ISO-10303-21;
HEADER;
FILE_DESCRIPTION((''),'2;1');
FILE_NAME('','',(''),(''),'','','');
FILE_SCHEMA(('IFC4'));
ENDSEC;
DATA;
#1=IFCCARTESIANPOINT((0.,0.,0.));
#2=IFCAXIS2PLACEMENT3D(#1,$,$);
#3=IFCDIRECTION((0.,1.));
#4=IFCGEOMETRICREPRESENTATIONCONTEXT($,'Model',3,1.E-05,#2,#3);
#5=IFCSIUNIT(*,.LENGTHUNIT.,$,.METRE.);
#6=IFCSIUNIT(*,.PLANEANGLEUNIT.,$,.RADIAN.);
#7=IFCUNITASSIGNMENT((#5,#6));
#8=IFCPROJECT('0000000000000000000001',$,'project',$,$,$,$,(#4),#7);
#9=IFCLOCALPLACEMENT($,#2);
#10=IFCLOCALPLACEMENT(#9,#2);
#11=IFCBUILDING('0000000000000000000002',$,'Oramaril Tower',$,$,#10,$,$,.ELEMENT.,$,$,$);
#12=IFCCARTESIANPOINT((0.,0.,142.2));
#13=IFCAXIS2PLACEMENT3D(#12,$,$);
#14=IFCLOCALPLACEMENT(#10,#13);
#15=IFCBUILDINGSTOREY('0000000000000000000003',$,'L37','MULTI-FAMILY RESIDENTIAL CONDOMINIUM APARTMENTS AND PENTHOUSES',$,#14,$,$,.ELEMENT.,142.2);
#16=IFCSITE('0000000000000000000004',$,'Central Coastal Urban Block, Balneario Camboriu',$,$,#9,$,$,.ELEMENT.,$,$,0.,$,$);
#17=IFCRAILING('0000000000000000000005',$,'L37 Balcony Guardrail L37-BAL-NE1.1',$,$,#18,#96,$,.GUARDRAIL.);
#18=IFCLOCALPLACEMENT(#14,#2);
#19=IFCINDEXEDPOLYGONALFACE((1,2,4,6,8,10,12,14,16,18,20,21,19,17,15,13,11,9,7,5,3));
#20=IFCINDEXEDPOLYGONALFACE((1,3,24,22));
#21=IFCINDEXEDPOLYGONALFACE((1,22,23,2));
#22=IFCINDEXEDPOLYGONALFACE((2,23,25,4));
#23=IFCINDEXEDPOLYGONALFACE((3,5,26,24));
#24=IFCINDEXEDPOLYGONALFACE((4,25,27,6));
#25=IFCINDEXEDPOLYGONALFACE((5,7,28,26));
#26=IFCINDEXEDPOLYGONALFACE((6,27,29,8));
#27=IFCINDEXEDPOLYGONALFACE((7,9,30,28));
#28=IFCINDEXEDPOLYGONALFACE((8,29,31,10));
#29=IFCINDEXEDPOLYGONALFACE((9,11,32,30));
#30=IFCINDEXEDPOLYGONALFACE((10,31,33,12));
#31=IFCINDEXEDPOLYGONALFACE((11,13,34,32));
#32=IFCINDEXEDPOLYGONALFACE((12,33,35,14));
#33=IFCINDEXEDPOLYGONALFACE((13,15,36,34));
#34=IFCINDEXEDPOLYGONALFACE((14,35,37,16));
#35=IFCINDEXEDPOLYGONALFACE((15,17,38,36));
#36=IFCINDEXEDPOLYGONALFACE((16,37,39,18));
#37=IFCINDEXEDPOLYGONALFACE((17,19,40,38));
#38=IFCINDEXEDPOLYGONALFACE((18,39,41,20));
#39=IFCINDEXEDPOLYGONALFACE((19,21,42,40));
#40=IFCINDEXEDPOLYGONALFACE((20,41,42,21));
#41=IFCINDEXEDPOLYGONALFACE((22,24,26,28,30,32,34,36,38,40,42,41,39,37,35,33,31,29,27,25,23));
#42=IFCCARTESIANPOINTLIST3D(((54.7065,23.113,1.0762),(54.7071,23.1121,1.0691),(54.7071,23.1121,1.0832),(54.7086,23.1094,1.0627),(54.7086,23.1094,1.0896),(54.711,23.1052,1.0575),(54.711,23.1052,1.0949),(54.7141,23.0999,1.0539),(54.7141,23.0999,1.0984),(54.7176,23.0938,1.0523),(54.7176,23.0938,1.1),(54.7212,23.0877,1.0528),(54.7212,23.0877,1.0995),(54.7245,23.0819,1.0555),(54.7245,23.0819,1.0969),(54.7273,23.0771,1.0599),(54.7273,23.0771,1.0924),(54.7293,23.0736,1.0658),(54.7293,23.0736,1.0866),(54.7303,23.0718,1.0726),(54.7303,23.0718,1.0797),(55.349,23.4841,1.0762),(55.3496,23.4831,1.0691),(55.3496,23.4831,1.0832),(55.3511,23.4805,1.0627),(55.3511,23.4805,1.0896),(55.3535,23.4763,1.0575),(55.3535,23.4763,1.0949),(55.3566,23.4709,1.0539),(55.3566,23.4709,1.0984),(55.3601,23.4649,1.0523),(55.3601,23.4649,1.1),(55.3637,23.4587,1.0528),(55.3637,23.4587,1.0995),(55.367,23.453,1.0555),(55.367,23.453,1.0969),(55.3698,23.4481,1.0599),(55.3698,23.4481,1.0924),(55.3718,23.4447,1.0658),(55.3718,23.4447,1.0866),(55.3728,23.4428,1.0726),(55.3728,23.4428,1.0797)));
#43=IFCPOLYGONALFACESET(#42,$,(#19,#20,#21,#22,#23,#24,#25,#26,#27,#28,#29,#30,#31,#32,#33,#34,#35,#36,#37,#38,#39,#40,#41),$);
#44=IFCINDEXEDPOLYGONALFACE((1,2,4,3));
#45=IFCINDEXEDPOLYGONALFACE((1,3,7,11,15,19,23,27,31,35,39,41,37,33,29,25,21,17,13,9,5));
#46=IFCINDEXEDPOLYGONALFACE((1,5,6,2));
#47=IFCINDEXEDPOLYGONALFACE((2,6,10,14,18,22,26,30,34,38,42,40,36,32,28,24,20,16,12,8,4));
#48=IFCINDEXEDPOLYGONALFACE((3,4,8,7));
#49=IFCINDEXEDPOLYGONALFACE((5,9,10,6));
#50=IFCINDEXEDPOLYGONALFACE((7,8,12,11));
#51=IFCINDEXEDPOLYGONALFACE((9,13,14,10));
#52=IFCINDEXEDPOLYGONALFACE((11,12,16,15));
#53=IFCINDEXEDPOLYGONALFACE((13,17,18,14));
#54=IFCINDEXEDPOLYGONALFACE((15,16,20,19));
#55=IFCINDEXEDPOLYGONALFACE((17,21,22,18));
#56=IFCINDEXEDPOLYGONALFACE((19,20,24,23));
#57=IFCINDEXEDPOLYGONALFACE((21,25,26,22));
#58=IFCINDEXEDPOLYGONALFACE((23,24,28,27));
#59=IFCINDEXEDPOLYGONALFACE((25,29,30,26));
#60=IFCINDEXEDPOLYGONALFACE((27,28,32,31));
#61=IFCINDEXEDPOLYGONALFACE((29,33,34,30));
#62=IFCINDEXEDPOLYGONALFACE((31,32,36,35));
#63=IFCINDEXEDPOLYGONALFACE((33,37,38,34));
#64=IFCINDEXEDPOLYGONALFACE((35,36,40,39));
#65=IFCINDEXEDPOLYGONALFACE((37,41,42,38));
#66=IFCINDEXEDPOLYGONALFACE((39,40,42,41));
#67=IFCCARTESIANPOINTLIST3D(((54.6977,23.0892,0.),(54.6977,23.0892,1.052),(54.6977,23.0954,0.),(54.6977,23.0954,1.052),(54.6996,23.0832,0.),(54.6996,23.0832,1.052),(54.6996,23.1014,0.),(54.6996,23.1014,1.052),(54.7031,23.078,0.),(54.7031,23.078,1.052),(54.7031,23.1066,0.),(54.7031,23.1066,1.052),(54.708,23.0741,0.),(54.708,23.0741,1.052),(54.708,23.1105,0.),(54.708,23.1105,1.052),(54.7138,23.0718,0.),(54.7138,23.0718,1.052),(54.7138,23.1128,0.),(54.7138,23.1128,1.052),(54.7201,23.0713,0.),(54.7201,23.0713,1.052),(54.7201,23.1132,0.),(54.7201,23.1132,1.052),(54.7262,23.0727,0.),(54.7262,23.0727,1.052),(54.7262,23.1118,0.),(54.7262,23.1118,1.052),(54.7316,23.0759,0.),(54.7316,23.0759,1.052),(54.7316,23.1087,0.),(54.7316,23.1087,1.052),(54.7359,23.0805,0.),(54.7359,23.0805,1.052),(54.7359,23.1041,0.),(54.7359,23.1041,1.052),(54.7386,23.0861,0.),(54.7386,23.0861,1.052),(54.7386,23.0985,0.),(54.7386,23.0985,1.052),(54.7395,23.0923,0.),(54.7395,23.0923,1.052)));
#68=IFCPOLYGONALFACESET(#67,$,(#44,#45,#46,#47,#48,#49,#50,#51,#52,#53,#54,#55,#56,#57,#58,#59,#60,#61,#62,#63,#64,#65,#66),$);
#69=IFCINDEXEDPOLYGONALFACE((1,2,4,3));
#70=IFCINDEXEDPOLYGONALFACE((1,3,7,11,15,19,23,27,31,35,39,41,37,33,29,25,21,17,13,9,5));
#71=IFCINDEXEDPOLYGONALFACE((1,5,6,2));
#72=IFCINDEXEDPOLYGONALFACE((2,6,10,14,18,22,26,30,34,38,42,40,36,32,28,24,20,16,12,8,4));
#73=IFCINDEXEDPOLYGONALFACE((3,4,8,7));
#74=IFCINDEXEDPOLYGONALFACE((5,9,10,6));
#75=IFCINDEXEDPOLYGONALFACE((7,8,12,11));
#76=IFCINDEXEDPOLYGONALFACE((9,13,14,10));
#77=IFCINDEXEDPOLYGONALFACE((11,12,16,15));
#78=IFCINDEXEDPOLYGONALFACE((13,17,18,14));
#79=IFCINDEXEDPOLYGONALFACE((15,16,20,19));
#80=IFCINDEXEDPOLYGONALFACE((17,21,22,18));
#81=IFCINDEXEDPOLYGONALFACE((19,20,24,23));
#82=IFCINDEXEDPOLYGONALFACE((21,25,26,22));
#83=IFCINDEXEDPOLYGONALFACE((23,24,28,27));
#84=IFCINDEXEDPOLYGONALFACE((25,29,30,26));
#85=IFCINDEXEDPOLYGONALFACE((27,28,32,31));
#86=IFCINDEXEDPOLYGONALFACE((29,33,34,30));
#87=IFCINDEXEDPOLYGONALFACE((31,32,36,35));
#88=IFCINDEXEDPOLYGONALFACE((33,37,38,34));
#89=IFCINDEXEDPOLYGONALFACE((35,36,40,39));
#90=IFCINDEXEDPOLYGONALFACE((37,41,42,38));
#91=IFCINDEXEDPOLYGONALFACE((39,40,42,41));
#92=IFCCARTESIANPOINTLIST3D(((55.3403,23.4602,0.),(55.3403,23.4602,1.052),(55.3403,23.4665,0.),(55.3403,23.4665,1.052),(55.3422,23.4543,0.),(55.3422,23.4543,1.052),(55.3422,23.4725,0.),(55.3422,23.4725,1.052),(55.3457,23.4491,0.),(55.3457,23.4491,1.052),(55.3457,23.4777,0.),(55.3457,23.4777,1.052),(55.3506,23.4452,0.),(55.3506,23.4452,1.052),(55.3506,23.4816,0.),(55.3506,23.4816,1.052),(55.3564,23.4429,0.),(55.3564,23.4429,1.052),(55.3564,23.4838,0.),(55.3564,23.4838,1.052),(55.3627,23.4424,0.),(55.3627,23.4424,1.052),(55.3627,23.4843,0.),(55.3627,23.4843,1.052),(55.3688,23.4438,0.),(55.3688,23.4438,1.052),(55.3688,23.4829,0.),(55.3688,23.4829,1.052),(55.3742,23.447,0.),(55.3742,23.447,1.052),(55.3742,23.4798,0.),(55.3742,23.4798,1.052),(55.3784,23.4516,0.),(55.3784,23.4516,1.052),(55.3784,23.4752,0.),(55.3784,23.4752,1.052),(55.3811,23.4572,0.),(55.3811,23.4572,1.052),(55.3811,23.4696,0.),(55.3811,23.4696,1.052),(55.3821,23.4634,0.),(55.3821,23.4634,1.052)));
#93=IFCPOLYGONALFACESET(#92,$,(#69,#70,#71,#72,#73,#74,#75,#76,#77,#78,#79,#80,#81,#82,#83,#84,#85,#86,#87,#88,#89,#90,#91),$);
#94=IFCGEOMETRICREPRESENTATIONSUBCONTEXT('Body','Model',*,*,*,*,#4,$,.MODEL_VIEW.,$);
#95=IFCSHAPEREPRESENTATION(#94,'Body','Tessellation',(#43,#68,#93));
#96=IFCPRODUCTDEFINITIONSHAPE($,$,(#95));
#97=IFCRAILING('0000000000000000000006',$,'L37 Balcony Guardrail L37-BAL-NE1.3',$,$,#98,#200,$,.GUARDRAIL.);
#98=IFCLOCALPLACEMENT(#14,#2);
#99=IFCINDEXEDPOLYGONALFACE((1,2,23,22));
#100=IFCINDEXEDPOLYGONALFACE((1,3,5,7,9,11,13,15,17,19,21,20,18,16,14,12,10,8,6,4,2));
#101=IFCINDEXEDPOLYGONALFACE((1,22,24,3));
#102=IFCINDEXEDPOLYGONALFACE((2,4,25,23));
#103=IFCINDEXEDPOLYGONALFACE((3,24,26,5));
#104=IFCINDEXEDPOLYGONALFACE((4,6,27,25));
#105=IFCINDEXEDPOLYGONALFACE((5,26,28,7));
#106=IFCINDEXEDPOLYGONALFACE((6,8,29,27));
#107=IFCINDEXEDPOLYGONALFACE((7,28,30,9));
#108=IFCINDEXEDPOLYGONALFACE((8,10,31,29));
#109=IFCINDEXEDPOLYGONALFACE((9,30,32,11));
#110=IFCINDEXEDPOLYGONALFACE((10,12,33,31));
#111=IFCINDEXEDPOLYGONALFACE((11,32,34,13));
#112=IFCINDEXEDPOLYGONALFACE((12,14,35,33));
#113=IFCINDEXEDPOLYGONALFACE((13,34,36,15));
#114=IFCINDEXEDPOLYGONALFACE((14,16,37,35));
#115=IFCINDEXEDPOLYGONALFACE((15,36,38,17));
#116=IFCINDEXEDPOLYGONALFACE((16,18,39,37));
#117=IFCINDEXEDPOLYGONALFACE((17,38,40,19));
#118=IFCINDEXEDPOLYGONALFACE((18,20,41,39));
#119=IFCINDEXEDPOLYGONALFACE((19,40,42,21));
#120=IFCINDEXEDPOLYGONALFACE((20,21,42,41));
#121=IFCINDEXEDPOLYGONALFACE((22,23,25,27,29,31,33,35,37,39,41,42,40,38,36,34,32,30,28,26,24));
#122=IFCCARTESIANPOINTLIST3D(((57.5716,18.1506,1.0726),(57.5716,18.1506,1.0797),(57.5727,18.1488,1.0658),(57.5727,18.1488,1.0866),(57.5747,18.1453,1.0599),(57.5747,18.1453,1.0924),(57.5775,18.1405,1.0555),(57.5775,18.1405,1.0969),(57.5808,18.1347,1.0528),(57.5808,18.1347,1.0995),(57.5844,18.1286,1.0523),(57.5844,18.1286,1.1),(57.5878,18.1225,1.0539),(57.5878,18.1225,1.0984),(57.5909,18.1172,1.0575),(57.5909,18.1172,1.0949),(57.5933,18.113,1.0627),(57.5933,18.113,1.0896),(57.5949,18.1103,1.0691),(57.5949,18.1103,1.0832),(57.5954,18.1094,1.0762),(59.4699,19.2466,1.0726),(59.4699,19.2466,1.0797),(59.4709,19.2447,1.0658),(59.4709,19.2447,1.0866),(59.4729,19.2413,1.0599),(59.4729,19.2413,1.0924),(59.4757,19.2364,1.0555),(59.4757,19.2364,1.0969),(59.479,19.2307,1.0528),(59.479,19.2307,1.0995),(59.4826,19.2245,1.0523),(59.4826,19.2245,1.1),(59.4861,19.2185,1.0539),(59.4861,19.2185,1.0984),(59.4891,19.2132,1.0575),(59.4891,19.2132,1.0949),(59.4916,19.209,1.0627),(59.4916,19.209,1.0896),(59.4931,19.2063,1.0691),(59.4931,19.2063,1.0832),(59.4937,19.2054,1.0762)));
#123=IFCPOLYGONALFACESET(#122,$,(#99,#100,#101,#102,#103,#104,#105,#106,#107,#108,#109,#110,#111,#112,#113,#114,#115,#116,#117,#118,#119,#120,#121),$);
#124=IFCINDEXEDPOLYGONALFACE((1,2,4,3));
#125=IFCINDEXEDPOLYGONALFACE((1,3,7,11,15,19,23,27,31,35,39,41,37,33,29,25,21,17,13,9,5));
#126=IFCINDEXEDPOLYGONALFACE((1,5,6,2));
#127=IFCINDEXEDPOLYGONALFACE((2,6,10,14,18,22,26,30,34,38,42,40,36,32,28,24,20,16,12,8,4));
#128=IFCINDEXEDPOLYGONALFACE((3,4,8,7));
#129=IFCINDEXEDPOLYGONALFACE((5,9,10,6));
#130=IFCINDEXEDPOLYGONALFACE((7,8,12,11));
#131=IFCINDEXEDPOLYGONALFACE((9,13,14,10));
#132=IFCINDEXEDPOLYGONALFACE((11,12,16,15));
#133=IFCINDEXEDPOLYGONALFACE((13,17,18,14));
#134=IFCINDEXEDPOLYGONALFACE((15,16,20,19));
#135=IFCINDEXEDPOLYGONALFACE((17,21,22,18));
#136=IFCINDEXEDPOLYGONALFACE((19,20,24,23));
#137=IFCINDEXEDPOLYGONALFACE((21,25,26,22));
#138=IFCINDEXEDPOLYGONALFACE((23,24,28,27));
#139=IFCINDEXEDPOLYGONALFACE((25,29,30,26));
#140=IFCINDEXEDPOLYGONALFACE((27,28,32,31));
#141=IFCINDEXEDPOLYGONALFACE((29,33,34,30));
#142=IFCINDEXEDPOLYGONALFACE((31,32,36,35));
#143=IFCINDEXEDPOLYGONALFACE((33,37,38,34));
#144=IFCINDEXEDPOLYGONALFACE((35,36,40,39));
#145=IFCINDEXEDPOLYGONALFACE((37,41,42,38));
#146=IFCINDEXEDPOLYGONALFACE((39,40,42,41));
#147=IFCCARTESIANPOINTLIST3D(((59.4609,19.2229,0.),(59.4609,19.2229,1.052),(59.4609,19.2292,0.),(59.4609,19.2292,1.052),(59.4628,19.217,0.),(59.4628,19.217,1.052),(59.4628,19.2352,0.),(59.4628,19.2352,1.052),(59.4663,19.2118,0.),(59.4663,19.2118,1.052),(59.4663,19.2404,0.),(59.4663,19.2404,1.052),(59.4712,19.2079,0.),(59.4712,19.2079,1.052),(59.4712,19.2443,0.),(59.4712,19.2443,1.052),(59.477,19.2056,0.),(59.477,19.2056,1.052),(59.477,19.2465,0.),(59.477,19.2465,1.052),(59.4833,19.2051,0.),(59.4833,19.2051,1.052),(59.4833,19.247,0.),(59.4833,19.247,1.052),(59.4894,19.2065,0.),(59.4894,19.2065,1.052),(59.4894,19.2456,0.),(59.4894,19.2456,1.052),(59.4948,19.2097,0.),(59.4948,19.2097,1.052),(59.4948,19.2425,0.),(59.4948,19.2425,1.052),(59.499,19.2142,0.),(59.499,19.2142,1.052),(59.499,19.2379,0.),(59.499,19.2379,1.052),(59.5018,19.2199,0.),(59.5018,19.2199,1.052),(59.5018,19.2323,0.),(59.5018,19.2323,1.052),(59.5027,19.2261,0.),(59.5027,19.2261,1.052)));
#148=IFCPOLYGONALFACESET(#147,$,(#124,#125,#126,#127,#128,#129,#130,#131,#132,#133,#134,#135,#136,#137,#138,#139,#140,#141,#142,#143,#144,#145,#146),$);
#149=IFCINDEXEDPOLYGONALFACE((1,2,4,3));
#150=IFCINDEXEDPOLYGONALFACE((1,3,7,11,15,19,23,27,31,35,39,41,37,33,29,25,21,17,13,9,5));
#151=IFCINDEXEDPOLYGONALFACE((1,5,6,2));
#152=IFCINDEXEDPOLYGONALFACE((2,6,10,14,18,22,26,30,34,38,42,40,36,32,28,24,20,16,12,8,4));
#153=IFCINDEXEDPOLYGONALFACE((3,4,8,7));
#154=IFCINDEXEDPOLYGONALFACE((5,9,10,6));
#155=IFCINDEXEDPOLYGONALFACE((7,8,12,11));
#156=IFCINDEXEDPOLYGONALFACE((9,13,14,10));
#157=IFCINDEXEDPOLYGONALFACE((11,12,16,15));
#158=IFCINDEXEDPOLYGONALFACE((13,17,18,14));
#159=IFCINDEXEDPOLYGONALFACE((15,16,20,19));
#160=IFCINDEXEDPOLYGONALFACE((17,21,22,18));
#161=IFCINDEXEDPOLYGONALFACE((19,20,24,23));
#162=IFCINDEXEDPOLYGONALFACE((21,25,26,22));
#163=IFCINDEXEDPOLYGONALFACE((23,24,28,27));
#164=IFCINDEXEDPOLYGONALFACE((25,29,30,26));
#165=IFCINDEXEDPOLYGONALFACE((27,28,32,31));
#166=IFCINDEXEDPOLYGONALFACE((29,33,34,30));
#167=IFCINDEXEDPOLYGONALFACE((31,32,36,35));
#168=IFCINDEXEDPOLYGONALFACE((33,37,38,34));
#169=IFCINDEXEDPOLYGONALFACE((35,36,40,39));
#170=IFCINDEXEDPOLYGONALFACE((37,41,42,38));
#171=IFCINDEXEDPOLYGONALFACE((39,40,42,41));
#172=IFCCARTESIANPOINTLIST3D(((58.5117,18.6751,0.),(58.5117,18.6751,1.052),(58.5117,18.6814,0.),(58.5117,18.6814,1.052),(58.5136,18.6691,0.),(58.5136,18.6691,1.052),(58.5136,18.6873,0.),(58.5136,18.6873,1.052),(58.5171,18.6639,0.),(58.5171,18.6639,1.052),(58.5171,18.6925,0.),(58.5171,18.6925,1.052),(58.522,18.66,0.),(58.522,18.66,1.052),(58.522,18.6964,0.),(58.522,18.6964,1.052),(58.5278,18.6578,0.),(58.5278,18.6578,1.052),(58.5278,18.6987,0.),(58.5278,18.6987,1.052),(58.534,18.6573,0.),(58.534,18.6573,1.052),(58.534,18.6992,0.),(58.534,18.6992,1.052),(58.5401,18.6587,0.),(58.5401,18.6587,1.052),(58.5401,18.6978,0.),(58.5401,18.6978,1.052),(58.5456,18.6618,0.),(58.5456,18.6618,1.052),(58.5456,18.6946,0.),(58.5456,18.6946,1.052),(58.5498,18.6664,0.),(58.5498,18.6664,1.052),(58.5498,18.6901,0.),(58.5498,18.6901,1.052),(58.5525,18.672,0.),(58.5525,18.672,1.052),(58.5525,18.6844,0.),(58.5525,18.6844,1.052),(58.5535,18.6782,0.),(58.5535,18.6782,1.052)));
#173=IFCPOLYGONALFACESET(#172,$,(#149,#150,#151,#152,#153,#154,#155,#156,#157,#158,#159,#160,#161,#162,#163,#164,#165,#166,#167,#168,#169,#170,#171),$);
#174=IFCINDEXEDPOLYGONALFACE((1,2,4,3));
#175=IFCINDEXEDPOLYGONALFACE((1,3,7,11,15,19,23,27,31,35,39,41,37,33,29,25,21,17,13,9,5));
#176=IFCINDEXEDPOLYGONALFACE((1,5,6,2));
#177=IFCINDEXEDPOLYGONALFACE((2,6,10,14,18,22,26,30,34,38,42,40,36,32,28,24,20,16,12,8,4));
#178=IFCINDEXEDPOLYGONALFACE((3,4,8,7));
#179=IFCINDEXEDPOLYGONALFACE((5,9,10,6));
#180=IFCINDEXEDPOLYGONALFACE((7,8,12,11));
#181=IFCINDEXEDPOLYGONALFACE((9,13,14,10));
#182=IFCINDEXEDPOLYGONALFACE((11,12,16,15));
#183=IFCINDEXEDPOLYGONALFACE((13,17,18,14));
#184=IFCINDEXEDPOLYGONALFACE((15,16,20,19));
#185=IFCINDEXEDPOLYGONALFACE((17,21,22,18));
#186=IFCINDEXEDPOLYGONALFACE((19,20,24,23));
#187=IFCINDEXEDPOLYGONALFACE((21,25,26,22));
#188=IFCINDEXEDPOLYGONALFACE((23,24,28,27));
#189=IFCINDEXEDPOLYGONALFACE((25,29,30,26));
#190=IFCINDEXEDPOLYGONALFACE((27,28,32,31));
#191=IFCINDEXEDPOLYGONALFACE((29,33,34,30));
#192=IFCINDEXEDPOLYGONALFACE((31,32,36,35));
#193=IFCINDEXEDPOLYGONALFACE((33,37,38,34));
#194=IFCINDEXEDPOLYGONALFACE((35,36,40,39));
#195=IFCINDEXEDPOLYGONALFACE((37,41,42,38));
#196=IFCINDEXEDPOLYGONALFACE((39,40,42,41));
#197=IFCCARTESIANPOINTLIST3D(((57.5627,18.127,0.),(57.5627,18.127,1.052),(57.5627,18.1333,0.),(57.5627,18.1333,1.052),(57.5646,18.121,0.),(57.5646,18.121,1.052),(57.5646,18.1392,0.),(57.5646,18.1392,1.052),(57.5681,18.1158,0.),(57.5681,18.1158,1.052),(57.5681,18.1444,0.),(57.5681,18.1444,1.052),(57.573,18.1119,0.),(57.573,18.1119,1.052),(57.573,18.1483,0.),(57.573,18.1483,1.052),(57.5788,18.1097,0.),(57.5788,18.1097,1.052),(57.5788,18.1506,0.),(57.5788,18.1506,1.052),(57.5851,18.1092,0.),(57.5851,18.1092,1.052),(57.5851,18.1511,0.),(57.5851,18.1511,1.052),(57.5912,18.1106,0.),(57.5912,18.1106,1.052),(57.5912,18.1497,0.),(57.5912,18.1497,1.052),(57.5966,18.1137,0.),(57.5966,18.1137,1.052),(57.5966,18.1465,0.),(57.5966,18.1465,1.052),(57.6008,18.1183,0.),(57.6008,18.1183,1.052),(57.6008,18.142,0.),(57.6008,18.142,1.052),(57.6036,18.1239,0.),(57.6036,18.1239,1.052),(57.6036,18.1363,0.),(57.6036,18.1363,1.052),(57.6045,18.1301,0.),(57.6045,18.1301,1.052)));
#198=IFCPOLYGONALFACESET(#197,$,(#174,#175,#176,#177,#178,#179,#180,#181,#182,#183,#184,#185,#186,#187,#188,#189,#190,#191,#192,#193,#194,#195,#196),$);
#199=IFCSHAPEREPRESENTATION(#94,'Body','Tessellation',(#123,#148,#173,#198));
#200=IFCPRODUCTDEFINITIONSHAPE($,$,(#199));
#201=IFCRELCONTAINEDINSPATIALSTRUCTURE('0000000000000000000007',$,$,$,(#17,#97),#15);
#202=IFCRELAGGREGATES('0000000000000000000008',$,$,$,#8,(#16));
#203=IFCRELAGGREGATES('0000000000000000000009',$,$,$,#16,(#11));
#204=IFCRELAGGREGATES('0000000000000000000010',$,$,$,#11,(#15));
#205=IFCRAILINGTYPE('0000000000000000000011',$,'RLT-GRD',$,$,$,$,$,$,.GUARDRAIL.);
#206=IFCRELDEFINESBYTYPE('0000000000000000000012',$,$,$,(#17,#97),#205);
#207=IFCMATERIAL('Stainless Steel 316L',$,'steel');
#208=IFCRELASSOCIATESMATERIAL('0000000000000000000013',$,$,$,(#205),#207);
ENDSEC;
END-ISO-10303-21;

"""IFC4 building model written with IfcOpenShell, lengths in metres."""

from ifc_helpers import new_model, si_unit, direction, frame, origin, origin_2d, place, context, subcontext, project, spatial, circle, extrude, material, type_object, element, save


model = new_model("IFC4")

# Units and contexts
model_context = context("Model", 3, precision=1e-05, world=origin(), true_north=direction((0.0, 1.0)))
body_context = subcontext(model_context, "Body", "Model", "MODEL_VIEW")
ifc_project = project(units=[si_unit("LENGTHUNIT", "METRE"), si_unit("PLANEANGLEUNIT", "RADIAN")], contexts=[model_context])

# Site, building, storey
site_placement = place(None, origin())
site = spatial("IfcSite", under=ifc_project, at=site_placement, Name="Central Coastal Urban Block, Balneario Camboriu", CompositionType="ELEMENT", RefElevation=0.0)
building_placement = place(site_placement, origin())
building = spatial("IfcBuilding", under=site, at=building_placement, Name="Oramaril Tower", CompositionType="ELEMENT")
storey_placement = place(building_placement, frame((0.0, 0.0, 142.2)))
storey = spatial("IfcBuildingStorey", under=building, at=storey_placement, Name="L37", Description="MULTI-FAMILY RESIDENTIAL CONDOMINIUM APARTMENTS AND PENTHOUSES", CompositionType="ELEMENT", Elevation=142.2)

# Railings
ifc_material_1 = material(Name="Stainless Steel 316L", Category="steel")
railing_type = type_object("IfcRailingType", Name="RLT-GRD", PredefinedType="GUARDRAIL", material=ifc_material_1)
railing_1_placement = place(storey_placement, frame((54.7185, 23.0923, 0.0)))
element("IfcRailing", 1, at=railing_1_placement, inside=storey, type_object=railing_type, Name="L37 Balcony Guardrail L37-BAL-NE1.1", PredefinedType="GUARDRAIL", context=body_context, shape_type="SweptSolid", body=[
    extrude(circle(Radius=0.0239, at=origin_2d()), frame((0.0, 0.0, 1.0762), z_axis=(0.865966, 0.500102, 0.0), x_axis=(-0.500102, 0.865966, 0.0)), (0.0, 0.0, 1.0), 0.7419),
    extrude(circle(Radius=0.021, at=origin_2d()), origin(), (0.0, 0.0, 1.0), 1.052),
    extrude(circle(Radius=0.021, at=origin_2d()), frame((0.6426, 0.3711, 0.0)), (0.0, 0.0, 1.0), 1.052),
])
railing_2_placement = place(storey_placement, frame((59.4817, 19.2261, 0.0)))
element("IfcRailing", 2, at=railing_2_placement, inside=storey, type_object=railing_type, Name="L37 Balcony Guardrail L37-BAL-NE1.3", PredefinedType="GUARDRAIL", context=body_context, shape_type="SweptSolid", body=[
    extrude(circle(Radius=0.0239, at=origin_2d()), frame((0.0, 0.0, 1.0762), z_axis=(-0.866021, -0.500008, 0.0), x_axis=(0.500008, -0.866021, 0.0)), (0.0, 0.0, 1.0), 2.1919),
    extrude(circle(Radius=0.021, at=origin_2d()), origin(), (0.0, 0.0, 1.0), 1.052),
    extrude(circle(Radius=0.021, at=origin_2d()), frame((-0.9492, -0.5479, 0.0)), (0.0, 0.0, 1.0), 1.052),
    extrude(circle(Radius=0.021, at=origin_2d()), frame((-1.8982, -1.0959, 0.0)), (0.0, 0.0, 1.0), 1.052),
])

save(model, "model.ifc")
